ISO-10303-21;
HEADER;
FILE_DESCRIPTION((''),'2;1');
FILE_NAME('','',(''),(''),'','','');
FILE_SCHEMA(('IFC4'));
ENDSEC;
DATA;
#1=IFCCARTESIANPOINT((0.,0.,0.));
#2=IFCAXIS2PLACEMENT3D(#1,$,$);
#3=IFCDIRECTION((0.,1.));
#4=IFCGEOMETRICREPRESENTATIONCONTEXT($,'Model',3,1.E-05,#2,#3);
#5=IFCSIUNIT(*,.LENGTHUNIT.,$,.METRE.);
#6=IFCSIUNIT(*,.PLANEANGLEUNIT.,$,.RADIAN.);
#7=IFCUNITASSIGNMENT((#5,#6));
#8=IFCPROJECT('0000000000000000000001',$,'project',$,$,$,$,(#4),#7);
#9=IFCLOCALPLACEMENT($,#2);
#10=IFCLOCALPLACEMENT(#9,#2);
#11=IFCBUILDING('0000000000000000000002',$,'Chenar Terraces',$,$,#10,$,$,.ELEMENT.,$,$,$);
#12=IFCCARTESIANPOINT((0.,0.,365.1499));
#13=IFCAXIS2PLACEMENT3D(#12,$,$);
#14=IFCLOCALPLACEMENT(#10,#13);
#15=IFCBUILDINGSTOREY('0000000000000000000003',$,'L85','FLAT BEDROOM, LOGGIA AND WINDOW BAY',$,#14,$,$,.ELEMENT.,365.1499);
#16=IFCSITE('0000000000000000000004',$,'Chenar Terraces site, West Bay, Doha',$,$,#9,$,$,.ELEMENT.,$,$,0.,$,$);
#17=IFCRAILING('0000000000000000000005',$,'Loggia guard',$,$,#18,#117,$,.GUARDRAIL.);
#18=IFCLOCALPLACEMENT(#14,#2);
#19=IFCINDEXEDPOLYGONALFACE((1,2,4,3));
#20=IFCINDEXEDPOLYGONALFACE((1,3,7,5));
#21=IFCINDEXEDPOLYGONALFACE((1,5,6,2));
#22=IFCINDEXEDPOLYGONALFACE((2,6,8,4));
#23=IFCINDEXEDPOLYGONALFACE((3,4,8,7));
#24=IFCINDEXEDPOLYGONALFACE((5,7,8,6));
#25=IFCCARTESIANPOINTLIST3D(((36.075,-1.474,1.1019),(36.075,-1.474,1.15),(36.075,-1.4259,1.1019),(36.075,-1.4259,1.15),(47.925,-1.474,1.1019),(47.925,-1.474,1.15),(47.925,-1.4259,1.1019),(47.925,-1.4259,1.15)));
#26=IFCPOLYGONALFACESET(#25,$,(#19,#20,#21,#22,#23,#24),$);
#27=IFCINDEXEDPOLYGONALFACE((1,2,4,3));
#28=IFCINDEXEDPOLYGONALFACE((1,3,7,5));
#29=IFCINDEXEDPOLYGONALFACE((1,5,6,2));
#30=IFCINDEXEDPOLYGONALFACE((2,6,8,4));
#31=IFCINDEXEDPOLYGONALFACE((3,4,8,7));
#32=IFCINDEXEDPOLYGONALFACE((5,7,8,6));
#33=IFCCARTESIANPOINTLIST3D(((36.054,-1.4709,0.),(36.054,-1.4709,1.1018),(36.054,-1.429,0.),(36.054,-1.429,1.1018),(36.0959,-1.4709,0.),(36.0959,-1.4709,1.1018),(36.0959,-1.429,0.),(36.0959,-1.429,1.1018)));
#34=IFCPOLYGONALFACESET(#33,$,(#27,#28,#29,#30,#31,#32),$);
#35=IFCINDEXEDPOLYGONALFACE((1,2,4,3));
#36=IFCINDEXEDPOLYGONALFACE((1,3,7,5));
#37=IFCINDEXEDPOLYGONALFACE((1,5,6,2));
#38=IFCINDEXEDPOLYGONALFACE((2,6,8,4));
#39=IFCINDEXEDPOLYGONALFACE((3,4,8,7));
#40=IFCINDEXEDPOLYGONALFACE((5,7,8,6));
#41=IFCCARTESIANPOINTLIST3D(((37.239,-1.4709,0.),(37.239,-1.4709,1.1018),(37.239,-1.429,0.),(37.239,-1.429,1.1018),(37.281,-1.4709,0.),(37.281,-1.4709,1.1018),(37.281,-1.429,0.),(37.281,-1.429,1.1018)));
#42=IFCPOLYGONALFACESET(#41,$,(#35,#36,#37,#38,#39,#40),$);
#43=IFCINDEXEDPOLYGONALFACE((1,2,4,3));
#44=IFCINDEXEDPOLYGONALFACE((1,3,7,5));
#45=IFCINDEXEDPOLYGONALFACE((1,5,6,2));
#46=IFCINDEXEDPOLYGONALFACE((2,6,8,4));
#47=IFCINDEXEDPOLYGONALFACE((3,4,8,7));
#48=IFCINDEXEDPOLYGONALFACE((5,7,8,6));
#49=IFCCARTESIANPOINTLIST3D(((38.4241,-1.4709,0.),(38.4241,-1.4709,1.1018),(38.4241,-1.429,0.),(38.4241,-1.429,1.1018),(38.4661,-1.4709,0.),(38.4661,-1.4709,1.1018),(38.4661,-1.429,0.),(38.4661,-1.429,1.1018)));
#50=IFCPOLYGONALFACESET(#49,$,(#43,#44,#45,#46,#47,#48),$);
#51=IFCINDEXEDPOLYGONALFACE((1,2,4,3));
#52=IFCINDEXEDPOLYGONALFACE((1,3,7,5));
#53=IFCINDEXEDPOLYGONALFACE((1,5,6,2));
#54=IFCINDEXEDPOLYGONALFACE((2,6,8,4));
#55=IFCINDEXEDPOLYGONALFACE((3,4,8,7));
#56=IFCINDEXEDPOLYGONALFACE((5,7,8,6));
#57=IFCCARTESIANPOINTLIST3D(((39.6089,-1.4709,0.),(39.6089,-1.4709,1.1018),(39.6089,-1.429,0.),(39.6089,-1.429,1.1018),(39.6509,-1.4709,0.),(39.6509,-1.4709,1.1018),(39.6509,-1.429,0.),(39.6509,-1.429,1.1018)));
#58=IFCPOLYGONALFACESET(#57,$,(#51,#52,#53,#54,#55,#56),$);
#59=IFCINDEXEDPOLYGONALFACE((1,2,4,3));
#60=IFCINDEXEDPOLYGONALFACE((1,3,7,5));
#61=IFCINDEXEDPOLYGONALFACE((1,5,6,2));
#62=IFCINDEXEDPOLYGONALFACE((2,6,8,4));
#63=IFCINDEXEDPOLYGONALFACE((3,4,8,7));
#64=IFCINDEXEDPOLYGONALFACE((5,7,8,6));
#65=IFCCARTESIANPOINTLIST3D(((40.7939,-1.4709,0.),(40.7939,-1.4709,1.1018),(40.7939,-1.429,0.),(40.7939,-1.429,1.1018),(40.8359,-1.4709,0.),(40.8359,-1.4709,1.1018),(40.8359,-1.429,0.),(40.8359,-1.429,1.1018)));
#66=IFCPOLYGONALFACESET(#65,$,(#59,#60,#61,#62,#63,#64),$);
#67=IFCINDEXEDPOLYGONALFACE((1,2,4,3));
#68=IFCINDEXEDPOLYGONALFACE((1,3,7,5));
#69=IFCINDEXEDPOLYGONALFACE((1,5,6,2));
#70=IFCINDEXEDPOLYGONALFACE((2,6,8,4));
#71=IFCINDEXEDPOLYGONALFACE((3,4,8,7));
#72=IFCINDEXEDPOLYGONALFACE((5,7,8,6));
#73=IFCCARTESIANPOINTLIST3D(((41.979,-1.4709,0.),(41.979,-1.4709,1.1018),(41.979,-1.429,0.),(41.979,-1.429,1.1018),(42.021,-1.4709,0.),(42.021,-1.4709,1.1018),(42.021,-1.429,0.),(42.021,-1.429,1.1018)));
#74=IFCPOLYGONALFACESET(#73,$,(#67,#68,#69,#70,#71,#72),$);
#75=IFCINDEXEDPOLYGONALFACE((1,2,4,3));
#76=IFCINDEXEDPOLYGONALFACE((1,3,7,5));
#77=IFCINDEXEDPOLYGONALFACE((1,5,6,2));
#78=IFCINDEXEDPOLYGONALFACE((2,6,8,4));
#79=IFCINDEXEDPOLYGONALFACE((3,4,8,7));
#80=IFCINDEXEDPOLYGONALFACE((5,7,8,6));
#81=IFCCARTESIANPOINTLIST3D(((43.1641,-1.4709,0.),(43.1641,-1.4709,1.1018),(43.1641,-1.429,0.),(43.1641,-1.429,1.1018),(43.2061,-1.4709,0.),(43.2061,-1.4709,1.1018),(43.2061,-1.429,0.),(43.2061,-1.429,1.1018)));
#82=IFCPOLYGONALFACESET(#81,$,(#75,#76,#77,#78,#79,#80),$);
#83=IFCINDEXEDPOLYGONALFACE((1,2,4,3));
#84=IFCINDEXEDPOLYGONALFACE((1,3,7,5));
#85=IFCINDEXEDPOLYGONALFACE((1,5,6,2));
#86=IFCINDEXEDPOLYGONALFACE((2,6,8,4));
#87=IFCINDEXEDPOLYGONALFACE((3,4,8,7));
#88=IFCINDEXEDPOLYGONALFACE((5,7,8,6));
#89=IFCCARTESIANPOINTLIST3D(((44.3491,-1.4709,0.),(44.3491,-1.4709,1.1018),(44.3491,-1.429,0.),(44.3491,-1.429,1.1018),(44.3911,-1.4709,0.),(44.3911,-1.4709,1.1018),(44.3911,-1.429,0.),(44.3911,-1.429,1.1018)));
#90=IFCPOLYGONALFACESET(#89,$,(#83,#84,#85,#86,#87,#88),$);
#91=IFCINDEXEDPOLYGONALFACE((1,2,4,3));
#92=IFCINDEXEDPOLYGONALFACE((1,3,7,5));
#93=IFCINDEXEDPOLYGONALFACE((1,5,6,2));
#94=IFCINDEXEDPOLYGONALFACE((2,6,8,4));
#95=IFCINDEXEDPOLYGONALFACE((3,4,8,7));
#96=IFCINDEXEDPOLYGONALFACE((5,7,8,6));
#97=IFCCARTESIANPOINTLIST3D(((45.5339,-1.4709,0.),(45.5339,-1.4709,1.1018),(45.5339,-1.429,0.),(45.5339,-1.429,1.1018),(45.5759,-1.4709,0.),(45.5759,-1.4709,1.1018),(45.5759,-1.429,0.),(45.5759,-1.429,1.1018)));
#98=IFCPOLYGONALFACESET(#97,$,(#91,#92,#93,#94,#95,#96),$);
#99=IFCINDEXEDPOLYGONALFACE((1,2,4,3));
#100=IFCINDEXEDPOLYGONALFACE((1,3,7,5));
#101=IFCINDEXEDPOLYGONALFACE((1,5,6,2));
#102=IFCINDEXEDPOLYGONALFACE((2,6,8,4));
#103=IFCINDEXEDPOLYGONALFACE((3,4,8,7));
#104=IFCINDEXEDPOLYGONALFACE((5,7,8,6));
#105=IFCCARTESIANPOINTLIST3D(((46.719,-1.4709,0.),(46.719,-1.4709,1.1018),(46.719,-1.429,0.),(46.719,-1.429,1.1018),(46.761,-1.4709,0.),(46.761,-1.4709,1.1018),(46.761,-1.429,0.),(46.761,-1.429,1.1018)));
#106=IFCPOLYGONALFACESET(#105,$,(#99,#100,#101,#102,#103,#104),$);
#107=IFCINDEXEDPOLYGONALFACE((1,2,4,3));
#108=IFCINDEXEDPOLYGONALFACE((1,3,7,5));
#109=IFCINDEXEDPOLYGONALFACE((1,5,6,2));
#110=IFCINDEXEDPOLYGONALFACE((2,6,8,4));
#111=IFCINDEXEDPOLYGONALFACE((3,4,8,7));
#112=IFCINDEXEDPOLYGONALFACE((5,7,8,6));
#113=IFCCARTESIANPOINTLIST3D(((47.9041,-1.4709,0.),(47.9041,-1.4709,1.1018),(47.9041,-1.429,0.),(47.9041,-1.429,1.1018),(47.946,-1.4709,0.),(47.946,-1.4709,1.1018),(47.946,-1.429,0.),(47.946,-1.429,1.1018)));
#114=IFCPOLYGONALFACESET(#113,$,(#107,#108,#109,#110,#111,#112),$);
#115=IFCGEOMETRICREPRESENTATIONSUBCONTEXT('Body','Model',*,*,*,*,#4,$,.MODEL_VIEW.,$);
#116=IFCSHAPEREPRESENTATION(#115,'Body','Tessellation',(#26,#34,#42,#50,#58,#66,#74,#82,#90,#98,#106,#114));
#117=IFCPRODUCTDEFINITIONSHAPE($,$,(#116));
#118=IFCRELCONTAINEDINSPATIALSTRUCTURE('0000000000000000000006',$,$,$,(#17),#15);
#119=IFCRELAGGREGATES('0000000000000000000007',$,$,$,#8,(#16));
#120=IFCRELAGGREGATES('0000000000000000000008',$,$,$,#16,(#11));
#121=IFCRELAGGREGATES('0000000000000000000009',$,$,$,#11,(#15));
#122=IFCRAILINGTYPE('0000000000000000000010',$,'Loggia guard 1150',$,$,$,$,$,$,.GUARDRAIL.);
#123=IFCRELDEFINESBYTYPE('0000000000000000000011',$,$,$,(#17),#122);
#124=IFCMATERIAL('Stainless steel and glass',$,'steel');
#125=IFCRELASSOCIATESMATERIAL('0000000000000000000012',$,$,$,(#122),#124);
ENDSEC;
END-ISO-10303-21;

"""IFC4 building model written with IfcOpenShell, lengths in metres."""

from ifc_helpers import new_model, si_unit, direction, frame, origin, origin_2d, place, context, subcontext, project, spatial, rectangle, extrude, material, type_object, element, save


model = new_model("IFC4")

# Units and contexts
model_context = context("Model", 3, precision=1e-05, world=origin(), true_north=direction((0.0, 1.0)))
body_context = subcontext(model_context, "Body", "Model", "MODEL_VIEW")
ifc_project = project(units=[si_unit("LENGTHUNIT", "METRE"), si_unit("PLANEANGLEUNIT", "RADIAN")], contexts=[model_context])

# Site, building, storey
site_placement = place(None, origin())
site = spatial("IfcSite", under=ifc_project, at=site_placement, Name="Chenar Terraces site, West Bay, Doha", CompositionType="ELEMENT", RefElevation=0.0)
building_placement = place(site_placement, origin())
building = spatial("IfcBuilding", under=site, at=building_placement, Name="Chenar Terraces", CompositionType="ELEMENT")
storey_placement = place(building_placement, frame((0.0, 0.0, 365.1499)))
storey = spatial("IfcBuildingStorey", under=building, at=storey_placement, Name="L85", Description="FLAT BEDROOM, LOGGIA AND WINDOW BAY", CompositionType="ELEMENT", Elevation=365.1499)

# Railing
ifc_material_1 = material(Name="Stainless steel and glass", Category="steel")
railing_type = type_object("IfcRailingType", Name="Loggia guard 1150", PredefinedType="GUARDRAIL", material=ifc_material_1)
railing_placement = place(storey_placement, frame((36.075, -1.45, 0.0)))
element("IfcRailing", 1, at=railing_placement, inside=storey, type_object=railing_type, Name="Loggia guard", PredefinedType="GUARDRAIL", context=body_context, shape_type="SweptSolid", body=[
    extrude(rectangle(XDim=0.0481, YDim=0.0481, at=origin_2d()), frame((0.0, 0.0, 1.126), z_axis=(1.0, 0.0, 0.0), x_axis=(0.0, 1.0, 0.0)), (0.0, 0.0, 1.0), 11.8501),
    extrude(rectangle(XDim=0.042, YDim=0.042, at=origin_2d()), origin(), (0.0, 0.0, 1.0), 1.1018),
    extrude(rectangle(XDim=0.042, YDim=0.042, at=origin_2d()), frame((1.1851, 0.0, 0.0)), (0.0, 0.0, 1.0), 1.1018),
    extrude(rectangle(XDim=0.042, YDim=0.042, at=origin_2d()), frame((2.3701, 0.0, 0.0)), (0.0, 0.0, 1.0), 1.1018),
    extrude(rectangle(XDim=0.042, YDim=0.042, at=origin_2d()), frame((3.5549, 0.0, 0.0)), (0.0, 0.0, 1.0), 1.1018),
    extrude(rectangle(XDim=0.042, YDim=0.042, at=origin_2d()), frame((4.74, 0.0, 0.0)), (0.0, 0.0, 1.0), 1.1018),
    extrude(rectangle(XDim=0.042, YDim=0.042, at=origin_2d()), frame((5.925, 0.0, 0.0)), (0.0, 0.0, 1.0), 1.1018),
    extrude(rectangle(XDim=0.042, YDim=0.042, at=origin_2d()), frame((7.1101, 0.0, 0.0)), (0.0, 0.0, 1.0), 1.1018),
    extrude(rectangle(XDim=0.042, YDim=0.042, at=origin_2d()), frame((8.2952, 0.0, 0.0)), (0.0, 0.0, 1.0), 1.1018),
    extrude(rectangle(XDim=0.042, YDim=0.042, at=origin_2d()), frame((9.48, 0.0, 0.0)), (0.0, 0.0, 1.0), 1.1018),
    extrude(rectangle(XDim=0.042, YDim=0.042, at=origin_2d()), frame((10.665, 0.0, 0.0)), (0.0, 0.0, 1.0), 1.1018),
    extrude(rectangle(XDim=0.042, YDim=0.042, at=origin_2d()), frame((11.8501, 0.0, 0.0)), (0.0, 0.0, 1.0), 1.1018),
])

save(model, "model.ifc")
